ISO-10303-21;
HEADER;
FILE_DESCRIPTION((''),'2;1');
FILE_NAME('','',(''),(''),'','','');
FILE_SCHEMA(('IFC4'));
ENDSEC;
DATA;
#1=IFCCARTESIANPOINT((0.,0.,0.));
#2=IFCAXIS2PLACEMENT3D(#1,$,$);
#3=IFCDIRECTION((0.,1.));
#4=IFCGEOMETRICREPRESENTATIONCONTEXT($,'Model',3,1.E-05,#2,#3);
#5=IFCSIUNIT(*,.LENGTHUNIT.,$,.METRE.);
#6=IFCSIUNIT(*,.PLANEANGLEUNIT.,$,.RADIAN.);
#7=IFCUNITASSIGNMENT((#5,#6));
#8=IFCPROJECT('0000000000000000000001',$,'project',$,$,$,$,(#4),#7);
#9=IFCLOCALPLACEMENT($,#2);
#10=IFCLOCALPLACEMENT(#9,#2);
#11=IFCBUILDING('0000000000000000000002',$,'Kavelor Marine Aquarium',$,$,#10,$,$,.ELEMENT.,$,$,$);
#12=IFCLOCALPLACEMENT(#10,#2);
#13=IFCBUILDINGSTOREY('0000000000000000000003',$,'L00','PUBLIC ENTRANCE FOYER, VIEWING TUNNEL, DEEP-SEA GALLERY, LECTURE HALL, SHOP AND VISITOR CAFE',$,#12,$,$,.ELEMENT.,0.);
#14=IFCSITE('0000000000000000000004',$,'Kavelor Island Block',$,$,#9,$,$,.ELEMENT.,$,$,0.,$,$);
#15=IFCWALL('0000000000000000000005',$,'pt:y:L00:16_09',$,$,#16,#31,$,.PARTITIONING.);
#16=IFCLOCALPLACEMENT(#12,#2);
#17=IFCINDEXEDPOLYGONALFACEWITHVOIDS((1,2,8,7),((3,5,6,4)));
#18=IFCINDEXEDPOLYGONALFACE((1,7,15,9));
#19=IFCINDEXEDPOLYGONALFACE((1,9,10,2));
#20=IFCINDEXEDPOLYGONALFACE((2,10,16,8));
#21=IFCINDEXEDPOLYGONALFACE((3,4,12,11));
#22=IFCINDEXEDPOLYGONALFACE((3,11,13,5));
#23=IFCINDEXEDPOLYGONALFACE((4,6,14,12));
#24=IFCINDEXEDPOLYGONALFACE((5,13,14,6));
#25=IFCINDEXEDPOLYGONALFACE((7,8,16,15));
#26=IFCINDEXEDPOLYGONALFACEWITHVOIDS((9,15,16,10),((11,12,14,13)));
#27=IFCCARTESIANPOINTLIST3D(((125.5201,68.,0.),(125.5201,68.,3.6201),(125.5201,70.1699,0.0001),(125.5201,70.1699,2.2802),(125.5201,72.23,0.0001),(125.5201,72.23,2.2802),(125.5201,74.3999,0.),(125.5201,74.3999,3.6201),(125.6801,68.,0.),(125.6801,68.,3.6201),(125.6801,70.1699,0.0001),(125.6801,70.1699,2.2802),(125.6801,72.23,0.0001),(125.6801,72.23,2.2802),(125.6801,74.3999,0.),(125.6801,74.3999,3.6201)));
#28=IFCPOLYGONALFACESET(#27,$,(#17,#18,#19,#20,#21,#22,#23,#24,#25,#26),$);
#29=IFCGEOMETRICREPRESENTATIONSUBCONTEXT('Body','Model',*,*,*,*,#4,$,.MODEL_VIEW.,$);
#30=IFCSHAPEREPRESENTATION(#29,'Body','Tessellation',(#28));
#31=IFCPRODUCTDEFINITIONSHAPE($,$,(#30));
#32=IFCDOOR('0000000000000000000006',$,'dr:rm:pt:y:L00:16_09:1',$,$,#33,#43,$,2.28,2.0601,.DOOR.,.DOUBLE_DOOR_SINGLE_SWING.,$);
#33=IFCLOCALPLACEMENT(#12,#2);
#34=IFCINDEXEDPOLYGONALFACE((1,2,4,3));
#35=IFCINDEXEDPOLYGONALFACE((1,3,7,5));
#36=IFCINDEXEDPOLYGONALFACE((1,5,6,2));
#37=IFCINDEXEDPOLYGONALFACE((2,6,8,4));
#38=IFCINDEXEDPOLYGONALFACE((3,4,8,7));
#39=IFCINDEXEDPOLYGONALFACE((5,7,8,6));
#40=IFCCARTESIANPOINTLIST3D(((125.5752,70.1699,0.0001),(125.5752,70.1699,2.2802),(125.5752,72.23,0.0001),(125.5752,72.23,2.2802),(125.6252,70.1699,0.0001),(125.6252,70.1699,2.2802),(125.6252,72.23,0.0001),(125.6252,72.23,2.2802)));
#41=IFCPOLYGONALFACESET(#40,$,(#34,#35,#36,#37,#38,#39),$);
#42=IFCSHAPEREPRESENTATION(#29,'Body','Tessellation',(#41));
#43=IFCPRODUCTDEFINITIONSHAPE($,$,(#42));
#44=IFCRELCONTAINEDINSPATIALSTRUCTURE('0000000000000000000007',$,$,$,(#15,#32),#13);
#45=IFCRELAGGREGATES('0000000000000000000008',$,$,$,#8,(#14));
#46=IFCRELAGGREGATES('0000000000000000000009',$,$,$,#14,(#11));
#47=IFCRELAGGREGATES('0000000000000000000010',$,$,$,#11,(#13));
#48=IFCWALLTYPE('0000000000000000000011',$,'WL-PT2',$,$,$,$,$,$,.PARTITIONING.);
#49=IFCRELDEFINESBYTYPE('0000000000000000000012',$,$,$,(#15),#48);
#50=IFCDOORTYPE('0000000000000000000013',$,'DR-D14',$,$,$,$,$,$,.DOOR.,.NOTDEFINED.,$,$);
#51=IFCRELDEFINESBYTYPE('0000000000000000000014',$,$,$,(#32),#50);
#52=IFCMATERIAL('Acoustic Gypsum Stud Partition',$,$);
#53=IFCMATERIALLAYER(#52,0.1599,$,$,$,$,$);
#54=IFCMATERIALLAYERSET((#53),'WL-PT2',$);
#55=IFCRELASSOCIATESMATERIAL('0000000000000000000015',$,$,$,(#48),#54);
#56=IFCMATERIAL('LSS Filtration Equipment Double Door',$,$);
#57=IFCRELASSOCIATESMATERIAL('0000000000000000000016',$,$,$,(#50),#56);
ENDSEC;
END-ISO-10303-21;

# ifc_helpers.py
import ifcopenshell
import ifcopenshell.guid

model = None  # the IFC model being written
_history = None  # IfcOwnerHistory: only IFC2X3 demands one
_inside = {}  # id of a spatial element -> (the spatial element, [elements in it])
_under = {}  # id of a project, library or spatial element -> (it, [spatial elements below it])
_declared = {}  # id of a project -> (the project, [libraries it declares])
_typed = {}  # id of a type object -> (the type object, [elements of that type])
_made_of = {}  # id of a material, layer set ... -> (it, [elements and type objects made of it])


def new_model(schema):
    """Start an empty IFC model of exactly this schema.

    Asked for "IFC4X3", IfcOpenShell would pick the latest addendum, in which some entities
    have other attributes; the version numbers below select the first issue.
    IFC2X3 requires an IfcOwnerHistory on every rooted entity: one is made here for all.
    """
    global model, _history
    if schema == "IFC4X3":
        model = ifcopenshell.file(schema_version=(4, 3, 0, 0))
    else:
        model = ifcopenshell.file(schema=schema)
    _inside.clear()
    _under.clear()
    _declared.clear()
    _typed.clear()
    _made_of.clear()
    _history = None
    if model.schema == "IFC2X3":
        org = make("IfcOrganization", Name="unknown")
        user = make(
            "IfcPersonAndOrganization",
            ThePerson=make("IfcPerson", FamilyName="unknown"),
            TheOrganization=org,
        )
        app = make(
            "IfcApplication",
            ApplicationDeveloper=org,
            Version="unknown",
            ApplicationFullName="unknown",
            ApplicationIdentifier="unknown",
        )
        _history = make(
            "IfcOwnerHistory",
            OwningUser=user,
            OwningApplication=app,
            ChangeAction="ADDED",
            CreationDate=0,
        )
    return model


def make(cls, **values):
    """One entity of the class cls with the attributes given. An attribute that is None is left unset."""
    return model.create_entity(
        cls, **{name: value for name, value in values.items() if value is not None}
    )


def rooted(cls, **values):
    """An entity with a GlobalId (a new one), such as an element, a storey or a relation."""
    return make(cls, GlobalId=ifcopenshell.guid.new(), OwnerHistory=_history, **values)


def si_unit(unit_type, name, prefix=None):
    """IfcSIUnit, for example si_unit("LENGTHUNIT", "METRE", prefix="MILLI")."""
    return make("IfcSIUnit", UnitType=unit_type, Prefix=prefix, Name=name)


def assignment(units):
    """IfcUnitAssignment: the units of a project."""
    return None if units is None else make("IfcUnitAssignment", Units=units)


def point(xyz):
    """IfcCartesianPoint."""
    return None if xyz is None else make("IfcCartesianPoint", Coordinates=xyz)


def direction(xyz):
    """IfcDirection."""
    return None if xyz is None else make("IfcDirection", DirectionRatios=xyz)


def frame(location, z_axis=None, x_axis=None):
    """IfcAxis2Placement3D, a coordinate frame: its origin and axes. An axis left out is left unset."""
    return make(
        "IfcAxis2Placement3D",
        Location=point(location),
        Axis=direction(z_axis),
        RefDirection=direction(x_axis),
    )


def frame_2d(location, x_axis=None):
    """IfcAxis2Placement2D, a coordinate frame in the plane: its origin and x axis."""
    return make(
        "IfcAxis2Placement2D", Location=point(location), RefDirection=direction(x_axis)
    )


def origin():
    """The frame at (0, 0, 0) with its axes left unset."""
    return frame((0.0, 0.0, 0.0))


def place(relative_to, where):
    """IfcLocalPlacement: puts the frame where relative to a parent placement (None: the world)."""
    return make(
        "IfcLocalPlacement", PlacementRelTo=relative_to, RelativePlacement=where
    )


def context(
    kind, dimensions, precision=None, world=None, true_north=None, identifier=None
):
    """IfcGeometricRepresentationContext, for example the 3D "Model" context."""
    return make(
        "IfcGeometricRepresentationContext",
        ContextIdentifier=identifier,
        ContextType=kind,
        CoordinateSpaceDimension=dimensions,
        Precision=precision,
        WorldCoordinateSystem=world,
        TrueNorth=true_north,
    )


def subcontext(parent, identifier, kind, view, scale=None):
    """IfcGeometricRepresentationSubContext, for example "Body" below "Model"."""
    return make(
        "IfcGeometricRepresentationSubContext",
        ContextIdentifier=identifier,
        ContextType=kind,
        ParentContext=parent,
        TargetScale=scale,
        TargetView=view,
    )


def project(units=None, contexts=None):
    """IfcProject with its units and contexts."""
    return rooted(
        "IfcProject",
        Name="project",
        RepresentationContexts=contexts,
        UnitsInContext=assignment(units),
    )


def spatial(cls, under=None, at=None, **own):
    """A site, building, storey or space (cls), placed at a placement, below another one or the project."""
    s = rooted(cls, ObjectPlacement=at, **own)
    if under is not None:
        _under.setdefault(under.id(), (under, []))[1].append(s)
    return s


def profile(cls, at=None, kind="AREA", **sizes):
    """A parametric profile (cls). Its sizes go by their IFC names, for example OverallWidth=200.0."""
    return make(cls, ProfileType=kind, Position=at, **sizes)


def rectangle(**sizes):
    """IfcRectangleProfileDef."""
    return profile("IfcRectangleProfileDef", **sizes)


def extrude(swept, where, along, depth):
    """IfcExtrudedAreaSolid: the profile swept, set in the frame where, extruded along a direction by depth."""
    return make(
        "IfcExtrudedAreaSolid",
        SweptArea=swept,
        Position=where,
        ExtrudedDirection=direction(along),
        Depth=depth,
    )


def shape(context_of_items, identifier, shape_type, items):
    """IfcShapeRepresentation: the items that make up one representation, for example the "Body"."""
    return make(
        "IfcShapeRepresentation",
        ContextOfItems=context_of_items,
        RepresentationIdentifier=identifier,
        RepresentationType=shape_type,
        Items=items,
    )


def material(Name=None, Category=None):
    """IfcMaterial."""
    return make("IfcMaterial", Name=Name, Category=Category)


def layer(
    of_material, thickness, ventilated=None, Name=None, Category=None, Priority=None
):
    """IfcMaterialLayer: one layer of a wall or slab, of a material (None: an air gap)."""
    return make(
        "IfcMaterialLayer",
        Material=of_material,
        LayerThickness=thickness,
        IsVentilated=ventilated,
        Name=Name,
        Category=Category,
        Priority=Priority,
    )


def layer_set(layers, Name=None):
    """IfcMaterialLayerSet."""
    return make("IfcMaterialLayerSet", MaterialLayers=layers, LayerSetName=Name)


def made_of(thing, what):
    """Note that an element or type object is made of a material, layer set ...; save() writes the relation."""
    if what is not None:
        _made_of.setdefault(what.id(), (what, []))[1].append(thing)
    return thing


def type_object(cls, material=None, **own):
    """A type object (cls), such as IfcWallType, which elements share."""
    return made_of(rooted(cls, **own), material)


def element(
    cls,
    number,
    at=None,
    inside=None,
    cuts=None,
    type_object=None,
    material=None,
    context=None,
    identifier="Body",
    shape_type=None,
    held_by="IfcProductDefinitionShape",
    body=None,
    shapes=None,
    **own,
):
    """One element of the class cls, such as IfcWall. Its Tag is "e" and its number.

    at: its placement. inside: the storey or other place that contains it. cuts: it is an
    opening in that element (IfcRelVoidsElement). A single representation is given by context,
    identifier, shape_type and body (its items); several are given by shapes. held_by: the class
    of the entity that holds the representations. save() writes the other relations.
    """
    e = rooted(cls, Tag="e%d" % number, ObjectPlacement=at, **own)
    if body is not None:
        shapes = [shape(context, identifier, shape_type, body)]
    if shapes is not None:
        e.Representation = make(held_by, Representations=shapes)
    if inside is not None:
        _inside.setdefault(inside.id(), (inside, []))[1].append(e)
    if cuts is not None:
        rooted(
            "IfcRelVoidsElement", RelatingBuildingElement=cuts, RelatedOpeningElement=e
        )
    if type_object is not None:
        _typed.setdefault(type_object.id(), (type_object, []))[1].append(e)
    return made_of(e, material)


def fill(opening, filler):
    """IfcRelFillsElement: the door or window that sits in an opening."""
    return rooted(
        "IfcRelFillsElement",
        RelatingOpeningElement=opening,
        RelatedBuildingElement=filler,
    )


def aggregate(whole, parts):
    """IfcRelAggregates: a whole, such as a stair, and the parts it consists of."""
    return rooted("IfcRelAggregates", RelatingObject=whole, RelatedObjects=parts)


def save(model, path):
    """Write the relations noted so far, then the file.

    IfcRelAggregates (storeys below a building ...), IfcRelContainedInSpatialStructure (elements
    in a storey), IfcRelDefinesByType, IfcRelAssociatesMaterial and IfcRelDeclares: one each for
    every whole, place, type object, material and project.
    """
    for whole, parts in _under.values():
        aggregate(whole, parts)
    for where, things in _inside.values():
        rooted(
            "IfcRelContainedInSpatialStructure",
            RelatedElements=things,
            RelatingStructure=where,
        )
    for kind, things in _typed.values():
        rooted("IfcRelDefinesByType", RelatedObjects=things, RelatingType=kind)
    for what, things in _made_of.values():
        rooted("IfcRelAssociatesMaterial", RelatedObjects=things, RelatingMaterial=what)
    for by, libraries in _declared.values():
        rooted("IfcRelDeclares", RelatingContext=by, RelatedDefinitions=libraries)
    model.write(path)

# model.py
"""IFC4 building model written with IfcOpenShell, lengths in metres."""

from ifc_helpers import new_model, si_unit, direction, frame, frame_2d, origin, place, context, subcontext, project, spatial, rectangle, extrude, material, layer, layer_set, type_object, element, fill, save


model = new_model("IFC4")

# Units and contexts
model_context = context("Model", 3, precision=1e-05, world=origin(), true_north=direction((0.0, 1.0)))
body_context = subcontext(model_context, "Body", "Model", "MODEL_VIEW")
ifc_project = project(units=[si_unit("LENGTHUNIT", "METRE"), si_unit("PLANEANGLEUNIT", "RADIAN")], contexts=[model_context])

# Site, building, storey
site_placement = place(None, origin())
site = spatial("IfcSite", under=ifc_project, at=site_placement, Name="Kavelor Island Block", CompositionType="ELEMENT", RefElevation=0.0)
building_placement = place(site_placement, origin())
building = spatial("IfcBuilding", under=site, at=building_placement, Name="Kavelor Marine Aquarium", CompositionType="ELEMENT")
storey_placement = place(building_placement, origin())
storey = spatial("IfcBuildingStorey", under=building, at=storey_placement, Name="L00", Description="PUBLIC ENTRANCE FOYER, VIEWING TUNNEL, DEEP-SEA GALLERY, LECTURE HALL, SHOP AND VISITOR CAFE", CompositionType="ELEMENT", Elevation=0.0)

# Wall, opening, door
ifc_material_1 = material(Name="Acoustic Gypsum Stud Partition")
ifc_layer_1 = layer(ifc_material_1, 0.1599)
ifc_layer_set_1 = layer_set([ifc_layer_1], Name="WL-PT2")
wall_type = type_object("IfcWallType", Name="WL-PT2", PredefinedType="PARTITIONING", material=ifc_layer_set_1)
wall_placement = place(storey_placement, frame((125.6001, 68.0, 0.0), z_axis=(0.0, 0.0, 1.0), x_axis=(0.0, 1.0, 0.0)))
wall = element("IfcWall", 1, at=wall_placement, inside=storey, type_object=wall_type, Name="pt:y:L00:16_09", PredefinedType="PARTITIONING", context=body_context, shape_type="SweptSolid", body=[
    extrude(rectangle(XDim=6.3999, YDim=0.1599, at=frame_2d((3.2, 0.0))), origin(), (0.0, 0.0, 1.0), 3.6201),
])
opening_placement = place(wall_placement, frame((2.1699, 0.0, 0.0)))
opening = element("IfcOpeningElement", 2, at=opening_placement, cuts=wall, PredefinedType="OPENING", context=body_context, shape_type="SweptSolid", body=[
    extrude(rectangle(XDim=2.0601, YDim=2.28, at=frame_2d((1.03, 1.1401))), frame((0.0, 0.0898, 0.0), z_axis=(0.0, -1.0, 0.0), x_axis=(1.0, 0.0, 0.0)), (0.0, 0.0, 1.0), 0.1799),
])
ifc_material_2 = material(Name="LSS Filtration Equipment Double Door")
door_type = type_object("IfcDoorType", Name="DR-D14", OperationType="NOTDEFINED", PredefinedType="DOOR", material=ifc_material_2)
door_placement = place(opening_placement, origin())
door = element("IfcDoor", 3, at=door_placement, inside=storey, type_object=door_type, Name="dr:rm:pt:y:L00:16_09:1", OperationType="DOUBLE_DOOR_SINGLE_SWING", OverallHeight=2.28, OverallWidth=2.0601, PredefinedType="DOOR", context=body_context, shape_type="SweptSolid", body=[
    extrude(rectangle(XDim=2.0601, YDim=2.28, at=frame_2d((1.03, 1.1401))), frame((0.0, 0.0249, 0.0), z_axis=(0.0, -1.0, 0.0), x_axis=(1.0, 0.0, 0.0)), (0.0, 0.0, 1.0), 0.05),
])
fill(opening, door)

save(model, "model.ifc")
